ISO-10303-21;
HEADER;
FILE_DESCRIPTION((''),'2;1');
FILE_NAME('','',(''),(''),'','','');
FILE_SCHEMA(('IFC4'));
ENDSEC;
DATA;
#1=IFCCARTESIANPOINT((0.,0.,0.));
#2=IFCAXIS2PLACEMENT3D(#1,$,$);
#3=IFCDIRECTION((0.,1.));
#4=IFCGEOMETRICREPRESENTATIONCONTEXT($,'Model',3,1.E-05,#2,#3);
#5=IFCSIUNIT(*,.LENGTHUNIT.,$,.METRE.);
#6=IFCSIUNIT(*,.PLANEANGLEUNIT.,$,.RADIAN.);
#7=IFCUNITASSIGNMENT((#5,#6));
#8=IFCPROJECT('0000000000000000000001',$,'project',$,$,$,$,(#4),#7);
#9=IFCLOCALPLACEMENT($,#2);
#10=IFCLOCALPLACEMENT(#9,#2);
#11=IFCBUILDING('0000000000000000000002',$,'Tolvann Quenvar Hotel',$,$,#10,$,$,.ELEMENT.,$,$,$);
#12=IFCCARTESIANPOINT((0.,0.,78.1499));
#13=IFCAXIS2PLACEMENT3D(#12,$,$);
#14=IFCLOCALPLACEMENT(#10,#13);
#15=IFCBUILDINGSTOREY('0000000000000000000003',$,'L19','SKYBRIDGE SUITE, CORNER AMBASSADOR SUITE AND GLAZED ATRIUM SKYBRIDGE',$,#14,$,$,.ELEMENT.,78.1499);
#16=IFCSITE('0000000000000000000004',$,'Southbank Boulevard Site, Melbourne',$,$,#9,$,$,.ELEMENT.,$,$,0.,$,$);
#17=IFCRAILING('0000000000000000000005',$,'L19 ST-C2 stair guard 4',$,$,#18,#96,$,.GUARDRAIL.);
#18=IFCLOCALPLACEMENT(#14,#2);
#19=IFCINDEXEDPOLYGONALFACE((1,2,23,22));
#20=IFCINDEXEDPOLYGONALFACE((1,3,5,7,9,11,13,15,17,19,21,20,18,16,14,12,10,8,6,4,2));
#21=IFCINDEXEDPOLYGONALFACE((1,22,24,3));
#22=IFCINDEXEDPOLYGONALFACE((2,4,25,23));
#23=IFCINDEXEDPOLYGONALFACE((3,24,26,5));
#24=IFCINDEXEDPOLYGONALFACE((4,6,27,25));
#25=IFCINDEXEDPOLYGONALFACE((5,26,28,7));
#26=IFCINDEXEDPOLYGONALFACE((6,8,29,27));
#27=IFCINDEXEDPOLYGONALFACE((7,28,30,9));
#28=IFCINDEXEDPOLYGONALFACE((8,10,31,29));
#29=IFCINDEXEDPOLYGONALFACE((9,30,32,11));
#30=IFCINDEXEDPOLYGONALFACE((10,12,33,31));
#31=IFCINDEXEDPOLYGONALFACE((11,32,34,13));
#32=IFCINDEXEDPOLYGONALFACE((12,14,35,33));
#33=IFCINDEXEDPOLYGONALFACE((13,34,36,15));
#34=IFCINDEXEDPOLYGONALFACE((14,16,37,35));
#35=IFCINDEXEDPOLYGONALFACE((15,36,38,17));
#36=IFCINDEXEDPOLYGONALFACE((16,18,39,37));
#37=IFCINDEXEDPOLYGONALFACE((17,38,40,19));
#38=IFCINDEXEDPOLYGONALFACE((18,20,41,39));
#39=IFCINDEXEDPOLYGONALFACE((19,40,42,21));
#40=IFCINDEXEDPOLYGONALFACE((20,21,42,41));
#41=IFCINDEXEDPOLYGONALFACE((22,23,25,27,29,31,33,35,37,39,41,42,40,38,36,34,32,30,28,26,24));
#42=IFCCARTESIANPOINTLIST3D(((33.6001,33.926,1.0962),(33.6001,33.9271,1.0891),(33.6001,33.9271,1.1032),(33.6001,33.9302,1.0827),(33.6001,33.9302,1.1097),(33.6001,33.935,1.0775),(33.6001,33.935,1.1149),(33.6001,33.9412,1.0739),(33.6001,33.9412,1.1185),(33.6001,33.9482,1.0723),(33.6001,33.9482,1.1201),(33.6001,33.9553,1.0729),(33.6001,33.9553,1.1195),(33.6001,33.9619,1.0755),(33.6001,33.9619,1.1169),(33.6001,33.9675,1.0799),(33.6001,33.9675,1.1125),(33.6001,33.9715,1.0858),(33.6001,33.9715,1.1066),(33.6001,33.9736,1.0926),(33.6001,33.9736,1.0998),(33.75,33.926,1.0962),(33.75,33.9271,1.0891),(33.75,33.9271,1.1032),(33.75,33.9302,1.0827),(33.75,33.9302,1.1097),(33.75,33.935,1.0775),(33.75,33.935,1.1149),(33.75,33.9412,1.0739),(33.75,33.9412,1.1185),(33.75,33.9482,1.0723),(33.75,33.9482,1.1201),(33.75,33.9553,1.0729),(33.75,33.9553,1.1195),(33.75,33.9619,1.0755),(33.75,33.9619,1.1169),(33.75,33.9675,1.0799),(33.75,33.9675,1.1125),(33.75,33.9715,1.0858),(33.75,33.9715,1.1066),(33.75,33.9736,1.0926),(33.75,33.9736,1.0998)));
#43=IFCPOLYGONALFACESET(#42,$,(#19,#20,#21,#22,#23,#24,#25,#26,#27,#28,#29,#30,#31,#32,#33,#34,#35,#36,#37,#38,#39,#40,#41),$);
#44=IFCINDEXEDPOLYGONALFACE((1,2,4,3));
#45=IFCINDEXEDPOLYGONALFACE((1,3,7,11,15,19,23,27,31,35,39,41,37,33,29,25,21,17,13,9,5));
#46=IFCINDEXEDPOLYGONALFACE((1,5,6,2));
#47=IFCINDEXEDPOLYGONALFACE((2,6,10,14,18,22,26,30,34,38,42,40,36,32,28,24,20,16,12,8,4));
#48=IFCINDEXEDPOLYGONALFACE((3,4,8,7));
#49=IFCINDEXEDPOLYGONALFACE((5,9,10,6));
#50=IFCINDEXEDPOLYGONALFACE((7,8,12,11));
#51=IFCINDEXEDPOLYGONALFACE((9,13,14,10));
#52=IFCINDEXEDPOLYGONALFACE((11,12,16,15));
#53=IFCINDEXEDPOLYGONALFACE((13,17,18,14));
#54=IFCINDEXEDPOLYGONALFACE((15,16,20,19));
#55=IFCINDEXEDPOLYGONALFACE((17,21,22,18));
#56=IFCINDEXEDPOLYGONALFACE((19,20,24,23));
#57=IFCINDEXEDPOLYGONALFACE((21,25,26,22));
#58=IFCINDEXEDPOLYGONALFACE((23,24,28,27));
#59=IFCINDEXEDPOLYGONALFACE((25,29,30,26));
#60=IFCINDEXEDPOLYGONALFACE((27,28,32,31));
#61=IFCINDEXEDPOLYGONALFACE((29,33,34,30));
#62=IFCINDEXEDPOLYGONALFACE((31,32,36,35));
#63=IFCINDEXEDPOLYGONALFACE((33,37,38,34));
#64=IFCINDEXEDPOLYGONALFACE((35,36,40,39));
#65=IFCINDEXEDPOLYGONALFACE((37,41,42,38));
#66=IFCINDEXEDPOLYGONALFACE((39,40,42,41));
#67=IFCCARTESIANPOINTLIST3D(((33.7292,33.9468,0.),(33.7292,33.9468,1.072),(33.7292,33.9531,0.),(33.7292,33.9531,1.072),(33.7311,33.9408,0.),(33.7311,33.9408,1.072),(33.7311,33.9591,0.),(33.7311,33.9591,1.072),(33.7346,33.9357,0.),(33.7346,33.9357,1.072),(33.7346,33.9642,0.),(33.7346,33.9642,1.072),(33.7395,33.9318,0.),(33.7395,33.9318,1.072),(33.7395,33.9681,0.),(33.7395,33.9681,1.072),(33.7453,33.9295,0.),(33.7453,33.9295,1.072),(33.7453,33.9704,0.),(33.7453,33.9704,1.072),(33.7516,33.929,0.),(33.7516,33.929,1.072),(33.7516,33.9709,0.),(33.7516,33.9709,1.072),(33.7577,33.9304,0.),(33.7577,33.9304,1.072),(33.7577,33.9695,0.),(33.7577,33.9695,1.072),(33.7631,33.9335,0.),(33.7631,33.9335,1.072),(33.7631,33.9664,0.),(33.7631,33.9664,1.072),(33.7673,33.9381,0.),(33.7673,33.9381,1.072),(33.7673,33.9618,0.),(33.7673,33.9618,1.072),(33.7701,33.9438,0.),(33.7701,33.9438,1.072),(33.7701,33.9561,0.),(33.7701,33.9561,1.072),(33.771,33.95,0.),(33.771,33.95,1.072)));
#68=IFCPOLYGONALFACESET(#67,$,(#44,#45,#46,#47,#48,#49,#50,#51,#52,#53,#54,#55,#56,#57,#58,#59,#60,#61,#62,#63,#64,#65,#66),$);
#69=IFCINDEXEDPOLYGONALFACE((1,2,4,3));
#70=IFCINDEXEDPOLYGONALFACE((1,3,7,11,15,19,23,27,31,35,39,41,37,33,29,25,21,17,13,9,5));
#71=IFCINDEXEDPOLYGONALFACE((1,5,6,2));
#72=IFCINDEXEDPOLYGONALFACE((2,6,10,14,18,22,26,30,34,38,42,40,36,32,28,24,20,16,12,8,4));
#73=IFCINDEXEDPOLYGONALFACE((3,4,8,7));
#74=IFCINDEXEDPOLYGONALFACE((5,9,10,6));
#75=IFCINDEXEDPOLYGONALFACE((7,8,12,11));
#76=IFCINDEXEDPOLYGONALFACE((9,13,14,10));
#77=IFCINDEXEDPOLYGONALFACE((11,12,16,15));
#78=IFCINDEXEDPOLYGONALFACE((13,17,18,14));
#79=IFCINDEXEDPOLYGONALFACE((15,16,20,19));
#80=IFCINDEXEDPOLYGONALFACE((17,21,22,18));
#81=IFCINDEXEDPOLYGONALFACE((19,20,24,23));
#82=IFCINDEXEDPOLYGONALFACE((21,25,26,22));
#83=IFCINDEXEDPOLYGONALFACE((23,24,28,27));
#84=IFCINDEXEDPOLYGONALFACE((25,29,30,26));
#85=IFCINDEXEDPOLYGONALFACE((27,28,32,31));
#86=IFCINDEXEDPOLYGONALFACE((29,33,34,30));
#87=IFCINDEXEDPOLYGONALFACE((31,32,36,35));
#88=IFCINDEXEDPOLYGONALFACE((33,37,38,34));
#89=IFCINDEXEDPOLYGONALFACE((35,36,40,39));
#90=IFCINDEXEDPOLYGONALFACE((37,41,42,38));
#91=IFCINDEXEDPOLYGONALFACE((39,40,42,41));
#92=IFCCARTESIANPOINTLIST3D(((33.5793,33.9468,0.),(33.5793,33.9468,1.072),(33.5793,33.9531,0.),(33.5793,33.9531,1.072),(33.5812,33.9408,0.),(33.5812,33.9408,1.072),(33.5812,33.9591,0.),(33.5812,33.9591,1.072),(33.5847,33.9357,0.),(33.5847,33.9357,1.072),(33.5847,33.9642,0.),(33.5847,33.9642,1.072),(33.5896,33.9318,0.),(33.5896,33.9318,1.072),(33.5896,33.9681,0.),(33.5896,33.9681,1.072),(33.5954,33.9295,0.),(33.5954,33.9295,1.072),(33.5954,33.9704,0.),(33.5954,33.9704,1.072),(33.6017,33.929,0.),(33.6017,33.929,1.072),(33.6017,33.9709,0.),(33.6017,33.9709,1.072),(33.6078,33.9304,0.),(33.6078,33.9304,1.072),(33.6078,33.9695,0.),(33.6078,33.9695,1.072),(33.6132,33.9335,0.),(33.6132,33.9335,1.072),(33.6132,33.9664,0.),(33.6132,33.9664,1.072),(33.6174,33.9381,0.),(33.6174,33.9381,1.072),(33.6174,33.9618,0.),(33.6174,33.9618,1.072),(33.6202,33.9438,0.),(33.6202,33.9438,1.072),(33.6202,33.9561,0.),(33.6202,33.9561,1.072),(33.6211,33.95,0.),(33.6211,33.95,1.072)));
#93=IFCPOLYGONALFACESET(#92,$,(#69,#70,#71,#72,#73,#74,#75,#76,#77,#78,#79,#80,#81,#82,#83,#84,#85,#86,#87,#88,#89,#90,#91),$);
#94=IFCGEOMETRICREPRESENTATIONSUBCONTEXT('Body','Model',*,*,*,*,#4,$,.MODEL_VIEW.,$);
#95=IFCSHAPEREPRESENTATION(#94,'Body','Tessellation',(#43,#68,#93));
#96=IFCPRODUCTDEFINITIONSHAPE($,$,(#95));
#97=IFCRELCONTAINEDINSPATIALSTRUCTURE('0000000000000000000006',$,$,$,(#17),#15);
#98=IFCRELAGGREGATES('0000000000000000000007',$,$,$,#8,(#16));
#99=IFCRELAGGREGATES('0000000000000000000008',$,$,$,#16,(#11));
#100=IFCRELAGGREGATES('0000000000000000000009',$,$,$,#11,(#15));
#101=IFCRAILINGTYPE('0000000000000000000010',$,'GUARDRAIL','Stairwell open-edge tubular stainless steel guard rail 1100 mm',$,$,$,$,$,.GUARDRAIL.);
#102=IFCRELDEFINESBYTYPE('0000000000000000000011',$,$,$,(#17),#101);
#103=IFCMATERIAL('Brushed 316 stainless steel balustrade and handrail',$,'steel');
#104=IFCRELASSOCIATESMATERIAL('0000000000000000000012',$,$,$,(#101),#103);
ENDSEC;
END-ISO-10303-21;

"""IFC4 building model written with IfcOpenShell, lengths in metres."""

from ifc_helpers import new_model, si_unit, direction, frame, origin, origin_2d, place, context, subcontext, project, spatial, circle, extrude, material, type_object, element, save


model = new_model("IFC4")

# Units and contexts
model_context = context("Model", 3, precision=1e-05, world=origin(), true_north=direction((0.0, 1.0)))
body_context = subcontext(model_context, "Body", "Model", "MODEL_VIEW")
ifc_project = project(units=[si_unit("LENGTHUNIT", "METRE"), si_unit("PLANEANGLEUNIT", "RADIAN")], contexts=[model_context])

# Site, building, storey
site_placement = place(None, origin())
site = spatial("IfcSite", under=ifc_project, at=site_placement, Name="Southbank Boulevard Site, Melbourne", CompositionType="ELEMENT", RefElevation=0.0)
building_placement = place(site_placement, origin())
building = spatial("IfcBuilding", under=site, at=building_placement, Name="Tolvann Quenvar Hotel", CompositionType="ELEMENT")
storey_placement = place(building_placement, frame((0.0, 0.0, 78.1499)))
storey = spatial("IfcBuildingStorey", under=building, at=storey_placement, Name="L19", Description="SKYBRIDGE SUITE, CORNER AMBASSADOR SUITE AND GLAZED ATRIUM SKYBRIDGE", CompositionType="ELEMENT", Elevation=78.1499)

# Railing
ifc_material_1 = material(Name="Brushed 316 stainless steel balustrade and handrail", Category="steel")
railing_type_1 = type_object("IfcRailingType", Name="GUARDRAIL", Description="Stairwell open-edge tubular stainless steel guard rail 1100 mm", PredefinedType="GUARDRAIL", material=ifc_material_1)
railing_1_placement = place(storey_placement, frame((33.75, 33.95, 0.0)))
element("IfcRailing", 1, at=railing_1_placement, inside=storey, type_object=railing_type_1, Name="L19 ST-C2 stair guard 4", PredefinedType="GUARDRAIL", context=body_context, shape_type="SweptSolid", body=[
    extrude(circle(Radius=0.0239, at=origin_2d()), frame((0.0, 0.0, 1.0962), z_axis=(-1.0, 0.0, 0.0), x_axis=(0.0, -1.0, 0.0)), (0.0, 0.0, 1.0), 0.1499),
    extrude(circle(Radius=0.021, at=origin_2d()), origin(), (0.0, 0.0, 1.0), 1.072),
    extrude(circle(Radius=0.021, at=origin_2d()), frame((-0.1499, 0.0, 0.0)), (0.0, 0.0, 1.0), 1.072),
])

save(model, "model.ifc")
